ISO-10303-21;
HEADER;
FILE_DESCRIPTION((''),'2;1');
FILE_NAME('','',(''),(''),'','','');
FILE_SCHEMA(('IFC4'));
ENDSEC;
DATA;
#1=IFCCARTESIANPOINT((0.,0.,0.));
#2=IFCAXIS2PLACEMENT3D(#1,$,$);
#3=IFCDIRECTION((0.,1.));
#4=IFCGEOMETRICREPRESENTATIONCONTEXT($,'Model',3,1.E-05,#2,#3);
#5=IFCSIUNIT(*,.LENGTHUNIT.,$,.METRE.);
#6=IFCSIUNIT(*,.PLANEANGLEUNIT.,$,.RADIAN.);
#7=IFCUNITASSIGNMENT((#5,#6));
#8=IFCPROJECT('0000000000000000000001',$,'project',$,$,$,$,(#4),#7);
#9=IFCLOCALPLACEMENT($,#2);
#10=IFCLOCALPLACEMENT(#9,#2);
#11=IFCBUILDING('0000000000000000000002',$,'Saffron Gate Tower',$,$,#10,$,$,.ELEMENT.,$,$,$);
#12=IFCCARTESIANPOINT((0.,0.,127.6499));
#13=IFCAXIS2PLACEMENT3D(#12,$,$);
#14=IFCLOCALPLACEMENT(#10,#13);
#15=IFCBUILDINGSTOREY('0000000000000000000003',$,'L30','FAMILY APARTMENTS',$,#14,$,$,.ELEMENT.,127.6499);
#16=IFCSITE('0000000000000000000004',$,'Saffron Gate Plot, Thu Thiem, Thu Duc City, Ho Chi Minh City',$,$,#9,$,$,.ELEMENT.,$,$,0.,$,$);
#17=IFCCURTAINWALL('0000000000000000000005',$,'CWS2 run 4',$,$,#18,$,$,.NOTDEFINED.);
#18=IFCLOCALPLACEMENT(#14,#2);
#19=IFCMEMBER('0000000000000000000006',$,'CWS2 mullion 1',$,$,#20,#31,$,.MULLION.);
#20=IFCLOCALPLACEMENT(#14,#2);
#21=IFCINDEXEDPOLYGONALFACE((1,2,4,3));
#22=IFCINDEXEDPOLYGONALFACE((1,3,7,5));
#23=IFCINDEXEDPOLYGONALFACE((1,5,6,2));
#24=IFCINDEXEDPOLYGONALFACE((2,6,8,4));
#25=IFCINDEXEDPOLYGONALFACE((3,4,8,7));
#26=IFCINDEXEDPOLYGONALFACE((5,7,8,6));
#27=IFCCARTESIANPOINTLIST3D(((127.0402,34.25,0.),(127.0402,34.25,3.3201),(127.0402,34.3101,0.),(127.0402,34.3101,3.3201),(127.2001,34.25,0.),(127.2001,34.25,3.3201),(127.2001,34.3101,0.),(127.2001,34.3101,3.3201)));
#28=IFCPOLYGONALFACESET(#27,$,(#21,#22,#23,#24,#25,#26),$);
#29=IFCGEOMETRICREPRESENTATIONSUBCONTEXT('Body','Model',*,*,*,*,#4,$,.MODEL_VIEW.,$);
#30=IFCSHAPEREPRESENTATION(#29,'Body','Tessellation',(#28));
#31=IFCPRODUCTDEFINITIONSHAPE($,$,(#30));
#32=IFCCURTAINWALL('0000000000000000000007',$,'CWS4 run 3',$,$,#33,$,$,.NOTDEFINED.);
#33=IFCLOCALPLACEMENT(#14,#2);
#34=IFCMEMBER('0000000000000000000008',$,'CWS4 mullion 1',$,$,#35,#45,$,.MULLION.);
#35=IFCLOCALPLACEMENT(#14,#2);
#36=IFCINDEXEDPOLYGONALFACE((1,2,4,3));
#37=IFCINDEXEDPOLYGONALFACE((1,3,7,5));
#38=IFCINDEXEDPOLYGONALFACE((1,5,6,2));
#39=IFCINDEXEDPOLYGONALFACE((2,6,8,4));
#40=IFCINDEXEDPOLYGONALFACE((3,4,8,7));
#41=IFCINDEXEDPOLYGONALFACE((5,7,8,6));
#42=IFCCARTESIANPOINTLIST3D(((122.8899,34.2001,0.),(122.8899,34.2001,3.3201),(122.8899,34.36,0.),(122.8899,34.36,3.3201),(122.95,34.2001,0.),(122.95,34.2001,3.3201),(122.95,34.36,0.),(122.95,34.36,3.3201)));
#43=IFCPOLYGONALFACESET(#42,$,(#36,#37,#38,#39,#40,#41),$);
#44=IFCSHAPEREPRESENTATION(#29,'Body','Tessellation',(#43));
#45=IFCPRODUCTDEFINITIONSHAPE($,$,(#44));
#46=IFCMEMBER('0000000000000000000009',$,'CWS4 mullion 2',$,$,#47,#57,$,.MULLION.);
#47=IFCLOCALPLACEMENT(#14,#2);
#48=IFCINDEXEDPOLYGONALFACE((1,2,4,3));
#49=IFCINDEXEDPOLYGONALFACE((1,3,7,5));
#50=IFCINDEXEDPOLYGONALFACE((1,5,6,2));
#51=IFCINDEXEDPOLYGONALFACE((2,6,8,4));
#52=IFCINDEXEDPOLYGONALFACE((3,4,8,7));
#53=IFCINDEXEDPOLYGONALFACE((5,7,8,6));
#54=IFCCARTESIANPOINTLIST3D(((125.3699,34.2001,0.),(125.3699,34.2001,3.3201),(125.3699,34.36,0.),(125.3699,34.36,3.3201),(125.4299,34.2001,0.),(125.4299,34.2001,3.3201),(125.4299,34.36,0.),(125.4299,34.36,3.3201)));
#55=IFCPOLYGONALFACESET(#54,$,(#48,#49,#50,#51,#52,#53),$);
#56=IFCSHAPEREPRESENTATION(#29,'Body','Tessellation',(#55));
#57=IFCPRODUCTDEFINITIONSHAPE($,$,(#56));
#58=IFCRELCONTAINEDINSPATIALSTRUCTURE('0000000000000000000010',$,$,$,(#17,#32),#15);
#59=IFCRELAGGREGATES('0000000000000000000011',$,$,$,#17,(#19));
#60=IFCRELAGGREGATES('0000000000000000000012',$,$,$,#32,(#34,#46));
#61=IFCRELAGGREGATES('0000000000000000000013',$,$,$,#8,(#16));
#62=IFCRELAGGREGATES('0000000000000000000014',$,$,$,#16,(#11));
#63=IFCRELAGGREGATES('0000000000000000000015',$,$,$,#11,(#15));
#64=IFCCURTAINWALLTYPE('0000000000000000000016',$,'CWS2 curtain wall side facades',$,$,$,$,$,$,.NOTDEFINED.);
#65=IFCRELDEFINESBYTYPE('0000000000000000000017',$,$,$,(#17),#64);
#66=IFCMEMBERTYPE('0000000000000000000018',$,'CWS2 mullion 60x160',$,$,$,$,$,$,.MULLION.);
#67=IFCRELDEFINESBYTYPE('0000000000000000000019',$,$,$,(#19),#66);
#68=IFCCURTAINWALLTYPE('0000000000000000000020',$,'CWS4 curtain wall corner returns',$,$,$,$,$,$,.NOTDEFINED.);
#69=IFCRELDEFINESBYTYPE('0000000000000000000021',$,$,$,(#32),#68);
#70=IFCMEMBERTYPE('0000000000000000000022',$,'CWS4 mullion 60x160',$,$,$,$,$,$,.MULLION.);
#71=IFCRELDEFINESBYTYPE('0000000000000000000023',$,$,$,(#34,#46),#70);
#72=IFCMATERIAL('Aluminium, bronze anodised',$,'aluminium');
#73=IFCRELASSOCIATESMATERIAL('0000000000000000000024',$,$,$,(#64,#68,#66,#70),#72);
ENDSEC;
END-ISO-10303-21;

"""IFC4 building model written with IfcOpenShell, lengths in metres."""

from ifc_helpers import new_model, si_unit, direction, frame, origin, origin_2d, place, context, subcontext, project, spatial, rectangle, extrude, material, material_profile, profile_set, type_object, element, aggregate, save


model = new_model("IFC4")

# Units and contexts
model_context = context("Model", 3, precision=1e-05, world=origin(), true_north=direction((0.0, 1.0)))
body_context = subcontext(model_context, "Body", "Model", "MODEL_VIEW")
ifc_project = project(units=[si_unit("LENGTHUNIT", "METRE"), si_unit("PLANEANGLEUNIT", "RADIAN")], contexts=[model_context])

# Site, building, storey
site_placement = place(None, origin())
site = spatial("IfcSite", under=ifc_project, at=site_placement, Name="Saffron Gate Plot, Thu Thiem, Thu Duc City, Ho Chi Minh City", CompositionType="ELEMENT", RefElevation=0.0)
building_placement = place(site_placement, origin())
building = spatial("IfcBuilding", under=site, at=building_placement, Name="Saffron Gate Tower", CompositionType="ELEMENT")
storey_placement = place(building_placement, frame((0.0, 0.0, 127.6499)))
storey = spatial("IfcBuildingStorey", under=building, at=storey_placement, Name="L30", Description="FAMILY APARTMENTS", CompositionType="ELEMENT", Elevation=127.6499)

# Curtain wall, member
ifc_material_1 = material(Name="Aluminium, bronze anodised", Category="aluminium")
curtain_wall_type_1 = type_object("IfcCurtainWallType", Name="CWS2 curtain wall side facades", PredefinedType="NOTDEFINED", material=ifc_material_1)
curtain_wall_1_placement = place(storey_placement, origin())
curtain_wall_1 = element("IfcCurtainWall", 1, at=curtain_wall_1_placement, inside=storey, type_object=curtain_wall_type_1, Name="CWS2 run 4", PredefinedType="NOTDEFINED")
ifc_material_profile_1 = material_profile(ifc_material_1, rectangle(XDim=0.1599, YDim=0.0601, at=origin_2d()))
ifc_profile_set_1 = profile_set([ifc_material_profile_1], Name="Aluminium, bronze anodised")
member_type_1 = type_object("IfcMemberType", Name="CWS2 mullion 60x160", PredefinedType="MULLION", material=ifc_profile_set_1)
member_1_placement = place(storey_placement, frame((127.1201, 34.28, 0.0), z_axis=(0.0, 0.0, 1.0), x_axis=(-1.0, 0.0, 0.0)))
member_1 = element("IfcMember", 2, at=member_1_placement, type_object=member_type_1, Name="CWS2 mullion 1", PredefinedType="MULLION", context=body_context, shape_type="SweptSolid", body=[
    extrude(rectangle(XDim=0.1599, YDim=0.0601, at=origin_2d()), origin(), (0.0, 0.0, 1.0), 3.3201),
])

# Curtain wall, members
curtain_wall_type_2 = type_object("IfcCurtainWallType", Name="CWS4 curtain wall corner returns", PredefinedType="NOTDEFINED", material=ifc_material_1)
curtain_wall_2_placement = place(storey_placement, origin())
curtain_wall_2 = element("IfcCurtainWall", 3, at=curtain_wall_2_placement, inside=storey, type_object=curtain_wall_type_2, Name="CWS4 run 3", PredefinedType="NOTDEFINED")
ifc_material_profile_2 = material_profile(ifc_material_1, rectangle(XDim=0.1599, YDim=0.0601, at=origin_2d()))
ifc_profile_set_2 = profile_set([ifc_material_profile_2], Name="Aluminium, bronze anodised")
member_type_2 = type_object("IfcMemberType", Name="CWS4 mullion 60x160", PredefinedType="MULLION", material=ifc_profile_set_2)
member_2_placement = place(storey_placement, frame((122.9199, 34.28, 0.0), z_axis=(0.0, 0.0, 1.0), x_axis=(0.0, 1.0, 0.0)))
member_2 = element("IfcMember", 4, at=member_2_placement, type_object=member_type_2, Name="CWS4 mullion 1", PredefinedType="MULLION", context=body_context, shape_type="SweptSolid", body=[
    extrude(rectangle(XDim=0.1599, YDim=0.0601, at=origin_2d()), origin(), (0.0, 0.0, 1.0), 3.3201),
])
member_3_placement = place(storey_placement, frame((125.3999, 34.28, 0.0), z_axis=(0.0, 0.0, 1.0), x_axis=(0.0, 1.0, 0.0)))
member_3 = element("IfcMember", 5, at=member_3_placement, type_object=member_type_2, Name="CWS4 mullion 2", PredefinedType="MULLION", context=body_context, shape_type="SweptSolid", body=[
    extrude(rectangle(XDim=0.1599, YDim=0.0601, at=origin_2d()), origin(), (0.0, 0.0, 1.0), 3.3201),
])

aggregate(curtain_wall_1, [member_1])

aggregate(curtain_wall_2, [member_2, member_3])

save(model, "model.ifc")
